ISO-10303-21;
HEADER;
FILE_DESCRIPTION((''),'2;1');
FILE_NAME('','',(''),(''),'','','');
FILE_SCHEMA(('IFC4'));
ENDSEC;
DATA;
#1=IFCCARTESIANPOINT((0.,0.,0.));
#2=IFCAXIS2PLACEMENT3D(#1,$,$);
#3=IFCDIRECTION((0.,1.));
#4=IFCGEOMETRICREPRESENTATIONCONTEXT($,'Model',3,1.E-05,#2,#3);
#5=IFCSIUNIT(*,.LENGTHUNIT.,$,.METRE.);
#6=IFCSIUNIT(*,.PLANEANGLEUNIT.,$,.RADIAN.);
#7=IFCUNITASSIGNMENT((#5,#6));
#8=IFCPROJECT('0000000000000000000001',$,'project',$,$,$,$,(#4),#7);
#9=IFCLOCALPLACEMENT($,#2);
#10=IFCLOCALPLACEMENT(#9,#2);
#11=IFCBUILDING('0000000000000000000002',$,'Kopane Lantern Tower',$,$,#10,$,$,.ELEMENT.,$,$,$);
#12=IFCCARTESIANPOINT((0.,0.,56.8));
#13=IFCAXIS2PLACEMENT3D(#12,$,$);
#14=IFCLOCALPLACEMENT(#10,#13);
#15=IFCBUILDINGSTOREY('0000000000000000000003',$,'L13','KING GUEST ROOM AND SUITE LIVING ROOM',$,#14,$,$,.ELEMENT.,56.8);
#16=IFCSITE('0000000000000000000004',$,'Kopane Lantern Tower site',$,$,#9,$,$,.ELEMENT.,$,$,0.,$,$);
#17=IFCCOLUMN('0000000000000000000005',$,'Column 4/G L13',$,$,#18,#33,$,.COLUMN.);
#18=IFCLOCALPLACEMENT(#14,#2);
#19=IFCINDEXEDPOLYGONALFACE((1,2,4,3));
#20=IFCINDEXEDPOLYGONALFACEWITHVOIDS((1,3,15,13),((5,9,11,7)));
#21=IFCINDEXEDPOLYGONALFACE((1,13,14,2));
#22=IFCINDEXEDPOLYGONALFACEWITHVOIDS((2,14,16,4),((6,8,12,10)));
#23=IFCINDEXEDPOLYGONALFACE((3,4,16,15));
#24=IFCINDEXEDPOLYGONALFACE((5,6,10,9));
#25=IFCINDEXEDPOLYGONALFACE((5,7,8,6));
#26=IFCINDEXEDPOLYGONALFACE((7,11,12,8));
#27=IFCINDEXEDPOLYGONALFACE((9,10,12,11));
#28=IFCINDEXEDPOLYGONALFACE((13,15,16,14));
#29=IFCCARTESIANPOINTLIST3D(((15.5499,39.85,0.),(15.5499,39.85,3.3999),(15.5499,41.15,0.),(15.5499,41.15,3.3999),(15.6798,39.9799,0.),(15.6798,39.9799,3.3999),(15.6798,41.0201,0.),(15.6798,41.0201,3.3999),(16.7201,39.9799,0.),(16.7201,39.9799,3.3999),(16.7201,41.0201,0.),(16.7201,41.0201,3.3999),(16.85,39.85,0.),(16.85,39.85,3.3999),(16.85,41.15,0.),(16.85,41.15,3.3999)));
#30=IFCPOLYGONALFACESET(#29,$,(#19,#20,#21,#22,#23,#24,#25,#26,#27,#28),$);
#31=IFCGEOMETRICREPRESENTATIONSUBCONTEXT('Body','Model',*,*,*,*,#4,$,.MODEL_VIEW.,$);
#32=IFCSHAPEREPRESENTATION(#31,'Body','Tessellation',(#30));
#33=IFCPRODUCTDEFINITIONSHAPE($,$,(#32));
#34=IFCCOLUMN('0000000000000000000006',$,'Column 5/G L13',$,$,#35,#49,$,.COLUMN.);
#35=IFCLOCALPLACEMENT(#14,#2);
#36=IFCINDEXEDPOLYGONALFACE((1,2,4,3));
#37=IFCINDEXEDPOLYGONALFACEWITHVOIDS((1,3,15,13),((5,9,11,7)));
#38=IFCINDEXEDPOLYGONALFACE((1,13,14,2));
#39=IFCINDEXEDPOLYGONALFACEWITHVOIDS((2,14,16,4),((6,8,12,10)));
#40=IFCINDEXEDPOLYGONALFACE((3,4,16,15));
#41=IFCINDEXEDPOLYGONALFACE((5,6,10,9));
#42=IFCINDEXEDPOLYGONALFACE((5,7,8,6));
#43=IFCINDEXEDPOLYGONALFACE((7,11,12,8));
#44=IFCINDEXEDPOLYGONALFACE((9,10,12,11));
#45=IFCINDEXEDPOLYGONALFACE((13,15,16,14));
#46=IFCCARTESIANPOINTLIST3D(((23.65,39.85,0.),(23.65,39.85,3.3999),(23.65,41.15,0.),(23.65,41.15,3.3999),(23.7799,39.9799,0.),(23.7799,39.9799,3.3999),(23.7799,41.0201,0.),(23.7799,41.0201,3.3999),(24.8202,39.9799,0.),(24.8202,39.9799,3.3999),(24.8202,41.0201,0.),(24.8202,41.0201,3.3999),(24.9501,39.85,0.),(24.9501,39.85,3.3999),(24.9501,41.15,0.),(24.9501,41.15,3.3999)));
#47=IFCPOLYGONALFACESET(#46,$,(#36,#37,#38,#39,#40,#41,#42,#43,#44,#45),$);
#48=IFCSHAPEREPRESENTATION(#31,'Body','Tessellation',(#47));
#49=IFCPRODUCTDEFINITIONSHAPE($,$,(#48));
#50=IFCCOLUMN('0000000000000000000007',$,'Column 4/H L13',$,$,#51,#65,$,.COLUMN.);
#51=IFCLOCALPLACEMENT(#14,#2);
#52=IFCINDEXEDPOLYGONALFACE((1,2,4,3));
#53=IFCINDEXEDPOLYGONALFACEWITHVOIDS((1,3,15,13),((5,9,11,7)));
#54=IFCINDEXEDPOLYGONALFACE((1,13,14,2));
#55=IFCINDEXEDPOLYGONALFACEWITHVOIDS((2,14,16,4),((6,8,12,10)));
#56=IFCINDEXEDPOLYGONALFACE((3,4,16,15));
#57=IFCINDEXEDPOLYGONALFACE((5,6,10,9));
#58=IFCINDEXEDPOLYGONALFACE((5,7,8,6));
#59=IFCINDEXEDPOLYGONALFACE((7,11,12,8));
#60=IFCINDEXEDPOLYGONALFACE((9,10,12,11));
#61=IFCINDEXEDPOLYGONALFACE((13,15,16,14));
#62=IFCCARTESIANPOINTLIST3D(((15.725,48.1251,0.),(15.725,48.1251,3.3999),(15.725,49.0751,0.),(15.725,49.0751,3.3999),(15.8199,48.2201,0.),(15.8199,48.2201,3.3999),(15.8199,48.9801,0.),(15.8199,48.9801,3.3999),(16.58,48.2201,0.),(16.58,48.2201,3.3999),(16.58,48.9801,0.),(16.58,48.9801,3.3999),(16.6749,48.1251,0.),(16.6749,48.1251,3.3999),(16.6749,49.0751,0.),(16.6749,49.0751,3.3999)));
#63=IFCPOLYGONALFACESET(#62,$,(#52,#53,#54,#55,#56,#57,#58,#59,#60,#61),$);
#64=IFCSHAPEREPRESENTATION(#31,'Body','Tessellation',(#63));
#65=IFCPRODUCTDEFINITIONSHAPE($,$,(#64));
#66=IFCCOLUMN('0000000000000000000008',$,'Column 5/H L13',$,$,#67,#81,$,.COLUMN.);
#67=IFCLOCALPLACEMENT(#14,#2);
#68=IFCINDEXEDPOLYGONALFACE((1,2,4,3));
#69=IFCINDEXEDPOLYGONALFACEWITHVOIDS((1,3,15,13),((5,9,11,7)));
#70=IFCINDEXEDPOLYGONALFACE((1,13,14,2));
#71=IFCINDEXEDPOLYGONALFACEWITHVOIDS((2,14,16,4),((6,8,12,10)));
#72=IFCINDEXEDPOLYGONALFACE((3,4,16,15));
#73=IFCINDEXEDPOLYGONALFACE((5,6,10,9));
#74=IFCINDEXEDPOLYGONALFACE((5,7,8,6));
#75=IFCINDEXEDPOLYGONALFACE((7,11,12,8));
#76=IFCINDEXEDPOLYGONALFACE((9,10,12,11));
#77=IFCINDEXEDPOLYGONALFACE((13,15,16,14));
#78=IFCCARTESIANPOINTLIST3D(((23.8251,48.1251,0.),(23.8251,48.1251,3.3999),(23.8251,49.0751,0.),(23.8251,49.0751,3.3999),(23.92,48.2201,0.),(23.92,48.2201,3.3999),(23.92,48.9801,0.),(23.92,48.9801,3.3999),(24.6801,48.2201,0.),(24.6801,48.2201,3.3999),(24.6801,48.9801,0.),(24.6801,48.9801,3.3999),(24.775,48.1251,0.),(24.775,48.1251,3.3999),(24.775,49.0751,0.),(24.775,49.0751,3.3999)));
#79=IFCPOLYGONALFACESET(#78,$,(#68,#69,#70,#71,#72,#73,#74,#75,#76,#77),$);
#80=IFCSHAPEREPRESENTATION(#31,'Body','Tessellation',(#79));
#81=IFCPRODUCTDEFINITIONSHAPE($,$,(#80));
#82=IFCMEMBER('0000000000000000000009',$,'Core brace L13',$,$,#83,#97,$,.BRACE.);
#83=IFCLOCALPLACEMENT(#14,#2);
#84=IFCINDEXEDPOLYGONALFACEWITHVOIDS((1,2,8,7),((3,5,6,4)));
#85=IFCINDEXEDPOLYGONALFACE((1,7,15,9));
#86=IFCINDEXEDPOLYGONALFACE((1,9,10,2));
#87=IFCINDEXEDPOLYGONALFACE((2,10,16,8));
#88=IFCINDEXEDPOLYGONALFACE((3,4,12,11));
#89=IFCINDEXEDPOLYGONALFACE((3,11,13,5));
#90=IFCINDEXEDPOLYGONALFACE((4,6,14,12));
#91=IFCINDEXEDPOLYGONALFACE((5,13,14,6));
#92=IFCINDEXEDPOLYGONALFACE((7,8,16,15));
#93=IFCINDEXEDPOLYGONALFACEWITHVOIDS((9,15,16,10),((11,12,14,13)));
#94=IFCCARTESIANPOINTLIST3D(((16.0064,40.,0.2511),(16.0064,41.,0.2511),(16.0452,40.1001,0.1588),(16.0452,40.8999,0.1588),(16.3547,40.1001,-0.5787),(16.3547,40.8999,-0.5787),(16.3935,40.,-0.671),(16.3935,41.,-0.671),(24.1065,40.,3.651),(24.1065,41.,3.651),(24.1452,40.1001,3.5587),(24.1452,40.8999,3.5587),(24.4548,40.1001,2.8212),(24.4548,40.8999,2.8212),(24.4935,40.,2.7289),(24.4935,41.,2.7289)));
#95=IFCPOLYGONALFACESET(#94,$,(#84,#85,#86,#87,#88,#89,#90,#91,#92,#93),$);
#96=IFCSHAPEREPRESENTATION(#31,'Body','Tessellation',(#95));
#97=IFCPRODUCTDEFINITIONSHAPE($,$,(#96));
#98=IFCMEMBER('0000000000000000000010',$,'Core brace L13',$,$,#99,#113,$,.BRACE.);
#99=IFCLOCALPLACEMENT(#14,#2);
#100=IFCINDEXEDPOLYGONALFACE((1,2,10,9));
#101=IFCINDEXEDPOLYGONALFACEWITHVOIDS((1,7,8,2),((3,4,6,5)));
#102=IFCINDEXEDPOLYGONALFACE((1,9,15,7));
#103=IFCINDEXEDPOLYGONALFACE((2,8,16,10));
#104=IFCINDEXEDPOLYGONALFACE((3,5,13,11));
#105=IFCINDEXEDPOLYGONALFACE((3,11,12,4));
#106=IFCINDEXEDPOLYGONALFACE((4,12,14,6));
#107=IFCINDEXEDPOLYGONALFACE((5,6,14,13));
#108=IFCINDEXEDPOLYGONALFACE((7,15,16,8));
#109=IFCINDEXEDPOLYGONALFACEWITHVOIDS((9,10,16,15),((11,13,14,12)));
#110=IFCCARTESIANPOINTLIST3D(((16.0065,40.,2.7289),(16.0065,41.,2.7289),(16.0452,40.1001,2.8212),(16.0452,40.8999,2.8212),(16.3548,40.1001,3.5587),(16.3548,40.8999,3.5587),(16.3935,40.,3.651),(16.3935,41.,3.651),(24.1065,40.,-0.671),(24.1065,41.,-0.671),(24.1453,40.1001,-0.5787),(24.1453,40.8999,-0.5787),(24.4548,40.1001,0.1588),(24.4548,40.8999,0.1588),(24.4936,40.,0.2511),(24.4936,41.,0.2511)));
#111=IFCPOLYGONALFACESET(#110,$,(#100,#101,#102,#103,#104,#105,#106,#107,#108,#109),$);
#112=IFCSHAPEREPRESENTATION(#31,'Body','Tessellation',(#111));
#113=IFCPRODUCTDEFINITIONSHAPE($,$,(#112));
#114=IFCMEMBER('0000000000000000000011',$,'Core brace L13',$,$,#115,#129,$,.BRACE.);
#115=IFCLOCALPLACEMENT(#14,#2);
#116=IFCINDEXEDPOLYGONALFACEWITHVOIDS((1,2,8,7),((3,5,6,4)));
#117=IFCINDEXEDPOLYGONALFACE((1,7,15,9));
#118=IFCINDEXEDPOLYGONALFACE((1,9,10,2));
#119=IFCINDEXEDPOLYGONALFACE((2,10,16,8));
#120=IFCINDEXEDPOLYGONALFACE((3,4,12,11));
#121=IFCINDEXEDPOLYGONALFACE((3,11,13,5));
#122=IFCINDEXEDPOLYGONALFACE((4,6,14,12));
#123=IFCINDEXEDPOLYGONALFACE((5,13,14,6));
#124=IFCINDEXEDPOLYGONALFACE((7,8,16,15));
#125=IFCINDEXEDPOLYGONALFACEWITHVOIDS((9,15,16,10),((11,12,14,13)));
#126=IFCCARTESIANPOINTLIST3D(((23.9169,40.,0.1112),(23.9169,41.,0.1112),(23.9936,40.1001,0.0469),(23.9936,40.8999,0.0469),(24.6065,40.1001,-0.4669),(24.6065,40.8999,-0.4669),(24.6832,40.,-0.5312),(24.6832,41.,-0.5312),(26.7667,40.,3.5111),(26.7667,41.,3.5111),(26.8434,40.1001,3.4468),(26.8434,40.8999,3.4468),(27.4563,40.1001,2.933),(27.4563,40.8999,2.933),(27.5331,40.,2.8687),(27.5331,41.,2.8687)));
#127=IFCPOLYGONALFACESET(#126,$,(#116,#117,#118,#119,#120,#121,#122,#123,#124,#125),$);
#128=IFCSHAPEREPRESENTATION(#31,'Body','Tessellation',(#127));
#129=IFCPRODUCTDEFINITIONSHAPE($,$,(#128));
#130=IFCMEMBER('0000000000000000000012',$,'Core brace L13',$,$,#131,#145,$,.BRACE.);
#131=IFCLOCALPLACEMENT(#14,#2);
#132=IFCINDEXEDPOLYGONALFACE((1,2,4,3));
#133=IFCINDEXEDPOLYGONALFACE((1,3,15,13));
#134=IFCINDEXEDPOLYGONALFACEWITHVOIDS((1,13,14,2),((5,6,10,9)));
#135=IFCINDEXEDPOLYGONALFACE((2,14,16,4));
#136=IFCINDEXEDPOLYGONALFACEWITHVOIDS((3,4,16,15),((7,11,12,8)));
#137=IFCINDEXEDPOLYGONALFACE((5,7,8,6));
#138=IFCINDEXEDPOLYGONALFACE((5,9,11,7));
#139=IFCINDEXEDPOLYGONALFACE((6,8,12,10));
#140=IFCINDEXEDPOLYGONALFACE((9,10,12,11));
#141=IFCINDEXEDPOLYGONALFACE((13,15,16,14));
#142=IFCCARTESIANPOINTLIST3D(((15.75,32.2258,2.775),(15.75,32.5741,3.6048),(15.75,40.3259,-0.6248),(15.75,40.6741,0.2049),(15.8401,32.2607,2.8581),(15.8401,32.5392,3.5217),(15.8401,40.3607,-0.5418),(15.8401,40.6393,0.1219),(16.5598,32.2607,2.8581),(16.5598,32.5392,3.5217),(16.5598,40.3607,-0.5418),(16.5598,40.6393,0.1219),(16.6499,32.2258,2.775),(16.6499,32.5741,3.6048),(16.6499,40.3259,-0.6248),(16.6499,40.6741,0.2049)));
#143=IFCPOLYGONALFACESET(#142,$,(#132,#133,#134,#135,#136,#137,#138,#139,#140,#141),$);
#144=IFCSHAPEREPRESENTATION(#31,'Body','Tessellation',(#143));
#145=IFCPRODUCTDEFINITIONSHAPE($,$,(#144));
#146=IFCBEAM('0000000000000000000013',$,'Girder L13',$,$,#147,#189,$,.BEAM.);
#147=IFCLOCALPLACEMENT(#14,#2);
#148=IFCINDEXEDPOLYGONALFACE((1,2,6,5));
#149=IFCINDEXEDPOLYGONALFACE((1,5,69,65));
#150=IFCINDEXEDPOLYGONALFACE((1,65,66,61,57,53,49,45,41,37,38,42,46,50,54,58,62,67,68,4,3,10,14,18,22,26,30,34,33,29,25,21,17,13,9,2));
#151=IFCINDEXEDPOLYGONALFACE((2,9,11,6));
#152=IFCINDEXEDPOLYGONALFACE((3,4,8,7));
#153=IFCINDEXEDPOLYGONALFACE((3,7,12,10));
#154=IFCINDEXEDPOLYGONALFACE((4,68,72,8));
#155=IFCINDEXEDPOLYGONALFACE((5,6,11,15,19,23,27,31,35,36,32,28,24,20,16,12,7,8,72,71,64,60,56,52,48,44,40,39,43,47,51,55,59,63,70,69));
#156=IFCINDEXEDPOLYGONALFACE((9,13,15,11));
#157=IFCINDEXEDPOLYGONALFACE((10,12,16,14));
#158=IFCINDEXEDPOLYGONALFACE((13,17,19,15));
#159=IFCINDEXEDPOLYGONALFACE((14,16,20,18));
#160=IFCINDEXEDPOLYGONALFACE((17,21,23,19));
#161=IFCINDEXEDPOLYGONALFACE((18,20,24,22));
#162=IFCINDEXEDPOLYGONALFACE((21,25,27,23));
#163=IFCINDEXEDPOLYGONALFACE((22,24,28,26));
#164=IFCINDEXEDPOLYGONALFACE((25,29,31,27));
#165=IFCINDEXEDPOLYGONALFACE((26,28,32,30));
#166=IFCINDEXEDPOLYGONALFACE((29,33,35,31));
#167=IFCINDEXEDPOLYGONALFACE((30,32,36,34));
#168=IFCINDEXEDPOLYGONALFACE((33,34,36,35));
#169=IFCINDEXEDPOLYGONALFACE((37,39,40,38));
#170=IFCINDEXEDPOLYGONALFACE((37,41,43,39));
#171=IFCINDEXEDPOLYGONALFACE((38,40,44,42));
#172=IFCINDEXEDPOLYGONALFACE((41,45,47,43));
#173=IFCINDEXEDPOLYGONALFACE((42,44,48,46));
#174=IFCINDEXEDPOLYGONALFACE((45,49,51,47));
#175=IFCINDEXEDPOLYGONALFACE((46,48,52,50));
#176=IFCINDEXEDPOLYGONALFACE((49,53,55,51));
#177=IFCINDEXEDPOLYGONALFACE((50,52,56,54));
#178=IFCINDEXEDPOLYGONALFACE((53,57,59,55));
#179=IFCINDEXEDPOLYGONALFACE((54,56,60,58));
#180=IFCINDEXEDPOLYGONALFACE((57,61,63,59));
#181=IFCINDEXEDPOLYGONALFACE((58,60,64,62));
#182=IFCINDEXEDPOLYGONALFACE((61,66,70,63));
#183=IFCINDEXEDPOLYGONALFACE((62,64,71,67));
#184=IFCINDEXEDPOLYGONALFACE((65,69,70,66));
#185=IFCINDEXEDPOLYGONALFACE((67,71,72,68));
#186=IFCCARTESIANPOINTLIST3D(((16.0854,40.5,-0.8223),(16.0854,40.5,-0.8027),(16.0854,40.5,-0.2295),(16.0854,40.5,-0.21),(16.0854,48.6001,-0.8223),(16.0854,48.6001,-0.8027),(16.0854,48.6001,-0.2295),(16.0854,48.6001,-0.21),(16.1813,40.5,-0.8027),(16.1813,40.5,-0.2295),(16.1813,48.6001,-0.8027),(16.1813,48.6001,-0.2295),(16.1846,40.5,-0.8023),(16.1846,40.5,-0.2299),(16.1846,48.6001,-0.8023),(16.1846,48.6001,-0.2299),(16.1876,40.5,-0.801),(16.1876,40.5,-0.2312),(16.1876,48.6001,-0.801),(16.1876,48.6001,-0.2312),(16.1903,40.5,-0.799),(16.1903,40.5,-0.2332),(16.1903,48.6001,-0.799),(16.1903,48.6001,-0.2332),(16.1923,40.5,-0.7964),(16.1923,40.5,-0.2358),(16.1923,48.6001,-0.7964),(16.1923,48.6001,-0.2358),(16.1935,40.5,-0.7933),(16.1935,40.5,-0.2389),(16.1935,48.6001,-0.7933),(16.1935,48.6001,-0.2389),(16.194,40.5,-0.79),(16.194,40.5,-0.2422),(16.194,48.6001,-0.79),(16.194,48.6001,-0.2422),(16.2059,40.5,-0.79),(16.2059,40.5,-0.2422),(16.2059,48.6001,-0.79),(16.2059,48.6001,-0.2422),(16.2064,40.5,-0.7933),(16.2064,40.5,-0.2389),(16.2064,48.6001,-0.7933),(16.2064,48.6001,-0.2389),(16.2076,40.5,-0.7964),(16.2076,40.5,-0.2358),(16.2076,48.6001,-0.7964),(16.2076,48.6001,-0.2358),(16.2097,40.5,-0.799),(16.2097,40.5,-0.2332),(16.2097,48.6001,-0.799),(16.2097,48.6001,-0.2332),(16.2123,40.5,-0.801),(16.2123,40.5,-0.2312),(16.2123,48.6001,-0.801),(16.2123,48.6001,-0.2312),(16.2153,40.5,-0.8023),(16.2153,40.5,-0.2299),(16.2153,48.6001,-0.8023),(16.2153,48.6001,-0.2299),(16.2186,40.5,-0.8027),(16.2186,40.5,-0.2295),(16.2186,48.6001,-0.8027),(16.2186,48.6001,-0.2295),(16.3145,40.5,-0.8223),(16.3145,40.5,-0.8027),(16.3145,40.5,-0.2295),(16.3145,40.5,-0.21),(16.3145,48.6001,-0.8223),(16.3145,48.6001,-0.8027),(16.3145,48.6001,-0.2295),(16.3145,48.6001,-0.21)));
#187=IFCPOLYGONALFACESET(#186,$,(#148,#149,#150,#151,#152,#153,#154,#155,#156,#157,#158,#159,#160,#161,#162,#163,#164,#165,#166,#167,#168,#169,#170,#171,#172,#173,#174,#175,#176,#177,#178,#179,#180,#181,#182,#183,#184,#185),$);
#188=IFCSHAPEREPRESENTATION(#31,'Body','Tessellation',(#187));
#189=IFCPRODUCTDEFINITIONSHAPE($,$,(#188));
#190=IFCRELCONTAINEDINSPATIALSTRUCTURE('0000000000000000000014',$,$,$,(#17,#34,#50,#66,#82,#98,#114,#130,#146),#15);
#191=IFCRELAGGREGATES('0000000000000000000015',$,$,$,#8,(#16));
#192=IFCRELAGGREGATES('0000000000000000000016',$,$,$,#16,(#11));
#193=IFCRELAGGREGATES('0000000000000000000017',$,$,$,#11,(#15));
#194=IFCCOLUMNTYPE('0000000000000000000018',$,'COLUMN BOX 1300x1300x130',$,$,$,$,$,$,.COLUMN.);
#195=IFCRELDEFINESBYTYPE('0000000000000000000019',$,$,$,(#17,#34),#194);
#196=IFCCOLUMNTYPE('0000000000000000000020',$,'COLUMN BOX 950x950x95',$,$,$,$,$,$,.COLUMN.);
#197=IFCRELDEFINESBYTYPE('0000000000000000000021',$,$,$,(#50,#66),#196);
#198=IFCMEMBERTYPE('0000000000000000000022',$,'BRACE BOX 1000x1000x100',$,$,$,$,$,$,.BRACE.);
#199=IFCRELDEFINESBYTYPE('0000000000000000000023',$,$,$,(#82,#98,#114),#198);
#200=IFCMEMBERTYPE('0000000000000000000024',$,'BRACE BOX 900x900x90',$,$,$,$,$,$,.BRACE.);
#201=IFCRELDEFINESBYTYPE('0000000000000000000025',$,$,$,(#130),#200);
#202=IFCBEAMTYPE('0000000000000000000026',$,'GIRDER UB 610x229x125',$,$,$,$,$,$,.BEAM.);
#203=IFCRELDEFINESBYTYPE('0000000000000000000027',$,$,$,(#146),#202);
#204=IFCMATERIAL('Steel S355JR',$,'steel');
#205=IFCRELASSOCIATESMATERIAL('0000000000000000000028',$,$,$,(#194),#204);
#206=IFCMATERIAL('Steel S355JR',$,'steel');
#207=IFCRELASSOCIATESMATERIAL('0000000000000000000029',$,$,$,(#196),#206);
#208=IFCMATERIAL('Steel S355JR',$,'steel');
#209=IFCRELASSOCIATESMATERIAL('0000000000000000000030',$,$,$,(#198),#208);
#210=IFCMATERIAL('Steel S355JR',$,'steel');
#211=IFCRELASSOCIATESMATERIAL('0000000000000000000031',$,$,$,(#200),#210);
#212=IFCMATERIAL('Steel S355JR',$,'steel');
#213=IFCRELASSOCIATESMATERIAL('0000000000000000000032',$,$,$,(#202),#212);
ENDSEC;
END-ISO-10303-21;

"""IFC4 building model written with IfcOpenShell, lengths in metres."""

from ifc_helpers import new_model, si_unit, direction, frame, origin, origin_2d, place, context, subcontext, project, spatial, hollow_rectangle, i_section, extrude, material, material_profile, profile_set, type_object, element, save


model = new_model("IFC4")

# Units and contexts
model_context = context("Model", 3, precision=1e-05, world=origin(), true_north=direction((0.0, 1.0)))
body_context = subcontext(model_context, "Body", "Model", "MODEL_VIEW")
ifc_project = project(units=[si_unit("LENGTHUNIT", "METRE"), si_unit("PLANEANGLEUNIT", "RADIAN")], contexts=[model_context])

# Site, building, storey
site_placement = place(None, origin())
site = spatial("IfcSite", under=ifc_project, at=site_placement, Name="Kopane Lantern Tower site", CompositionType="ELEMENT", RefElevation=0.0)
building_placement = place(site_placement, origin())
building = spatial("IfcBuilding", under=site, at=building_placement, Name="Kopane Lantern Tower", CompositionType="ELEMENT")
storey_placement = place(building_placement, frame((0.0, 0.0, 56.8)))
storey = spatial("IfcBuildingStorey", under=building, at=storey_placement, Name="L13", Description="KING GUEST ROOM AND SUITE LIVING ROOM", CompositionType="ELEMENT", Elevation=56.8)

# Columns
ifc_material_1 = material(Name="Steel S355JR", Category="steel")
ifc_material_profile_1 = material_profile(ifc_material_1, hollow_rectangle(XDim=1.3, YDim=1.3, WallThickness=0.1299, at=origin_2d()), Name="BOX 1300x1300x130")
ifc_profile_set_1 = profile_set([ifc_material_profile_1], Name="Steel S355JR")
column_type_1 = type_object("IfcColumnType", Name="COLUMN BOX 1300x1300x130", PredefinedType="COLUMN", material=ifc_profile_set_1)
for number, where, z_axis, x_axis, name in (
    (1, (16.2, 40.5, 0.0), (0.0, 0.0, 1.0), (1.0, 0.0, 0.0), "Column 4/G L13"),
    (2, (24.3, 40.5, 0.0), (0.0, 0.0, 1.0), (1.0, 0.0, 0.0), "Column 5/G L13"),
):
    element("IfcColumn", number, at=place(storey_placement, frame(where, z_axis=z_axis, x_axis=x_axis)), inside=storey, type_object=column_type_1, Name=name, PredefinedType="COLUMN", context=body_context, shape_type="SweptSolid", body=[
        extrude(hollow_rectangle(XDim=1.3, YDim=1.3, WallThickness=0.1299, at=origin_2d()), origin(), (0.0, 0.0, 1.0), 3.3999),
    ])
ifc_material_2 = material(Name="Steel S355JR", Category="steel")
ifc_material_profile_2 = material_profile(ifc_material_2, hollow_rectangle(XDim=0.95, YDim=0.95, WallThickness=0.095, at=origin_2d()), Name="BOX 950x950x95")
ifc_profile_set_2 = profile_set([ifc_material_profile_2], Name="Steel S355JR")
column_type_2 = type_object("IfcColumnType", Name="COLUMN BOX 950x950x95", PredefinedType="COLUMN", material=ifc_profile_set_2)
for number, where, z_axis, x_axis, name in (
    (3, (16.2, 48.6001, 0.0), (0.0, 0.0, 1.0), (1.0, 0.0, 0.0), "Column 4/H L13"),
    (4, (24.3, 48.6001, 0.0), (0.0, 0.0, 1.0), (1.0, 0.0, 0.0), "Column 5/H L13"),
):
    element("IfcColumn", number, at=place(storey_placement, frame(where, z_axis=z_axis, x_axis=x_axis)), inside=storey, type_object=column_type_2, Name=name, PredefinedType="COLUMN", context=body_context, shape_type="SweptSolid", body=[
        extrude(hollow_rectangle(XDim=0.95, YDim=0.95, WallThickness=0.095, at=origin_2d()), origin(), (0.0, 0.0, 1.0), 3.3999),
    ])

# Members
ifc_material_3 = material(Name="Steel S355JR", Category="steel")
ifc_material_profile_3 = material_profile(ifc_material_3, hollow_rectangle(XDim=1.0, YDim=1.0, WallThickness=0.1001, at=origin_2d()), Name="BOX 1000x1000x100")
ifc_profile_set_3 = profile_set([ifc_material_profile_3], Name="Steel S355JR")
member_type_1 = type_object("IfcMemberType", Name="BRACE BOX 1000x1000x100", PredefinedType="BRACE", material=ifc_profile_set_3)
for number, where, z_axis, x_axis, name in (
    (5, (16.2, 40.5, -0.21), (0.922069, 0.0, 0.387026), (0.0, 1.0, 0.0), "Core brace L13"),
    (6, (24.3, 40.5, -0.21), (-0.922069, 0.0, 0.387026), (0.0, -1.0, 0.0), "Core brace L13"),
):
    element("IfcMember", number, at=place(storey_placement, frame(where, z_axis=z_axis, x_axis=x_axis)), inside=storey, type_object=member_type_1, Name=name, PredefinedType="BRACE", context=body_context, shape_type="SweptSolid", body=[
        extrude(hollow_rectangle(XDim=1.0, YDim=1.0, WallThickness=0.1001, at=origin_2d()), origin(), (0.0, 0.0, 1.0), 8.7847),
    ])
member_1_placement = place(storey_placement, frame((24.3, 40.5, -0.21), z_axis=(0.64239, 0.0, 0.766378), x_axis=(0.0, 1.0, 0.0)))
element("IfcMember", 7, at=member_1_placement, inside=storey, type_object=member_type_1, Name="Core brace L13", PredefinedType="BRACE", context=body_context, shape_type="SweptSolid", body=[
    extrude(hollow_rectangle(XDim=1.0, YDim=1.0, WallThickness=0.1001, at=origin_2d()), origin(), (0.0, 0.0, 1.0), 4.4363),
])
ifc_material_4 = material(Name="Steel S355JR", Category="steel")
ifc_material_profile_4 = material_profile(ifc_material_4, hollow_rectangle(XDim=0.8999, YDim=0.8999, WallThickness=0.0901, at=origin_2d()), Name="BOX 900x900x90")
ifc_profile_set_4 = profile_set([ifc_material_profile_4], Name="Steel S355JR")
member_type_2 = type_object("IfcMemberType", Name="BRACE BOX 900x900x90", PredefinedType="BRACE", material=ifc_profile_set_4)
member_2_placement = place(storey_placement, frame((16.2, 40.5, -0.21), z_axis=(0.0, -0.922069, 0.387026), x_axis=(1.0, 0.0, 0.0)))
element("IfcMember", 8, at=member_2_placement, inside=storey, type_object=member_type_2, Name="Core brace L13", PredefinedType="BRACE", context=body_context, shape_type="SweptSolid", body=[
    extrude(hollow_rectangle(XDim=0.8999, YDim=0.8999, WallThickness=0.0901, at=origin_2d()), origin(), (0.0, 0.0, 1.0), 8.7847),
])

# Beam
ifc_material_5 = material(Name="Steel S355JR", Category="steel")
ifc_material_profile_5 = material_profile(ifc_material_5, i_section(OverallWidth=0.229, OverallDepth=0.6123, WebThickness=0.012, FlangeThickness=0.0195, FilletRadius=0.0127, at=origin_2d()), Name="UB 610x229x125")
ifc_profile_set_5 = profile_set([ifc_material_profile_5], Name="Steel S355JR")
beam_type_1 = type_object("IfcBeamType", Name="GIRDER UB 610x229x125", PredefinedType="BEAM", material=ifc_profile_set_5)
for number, where, z_axis, x_axis, name in (
    (9, (16.2, 40.5, -0.5161), (0.0, 1.0, 0.0), (-1.0, 0.0, 0.0), "Girder L13"),
):
    element("IfcBeam", number, at=place(storey_placement, frame(where, z_axis=z_axis, x_axis=x_axis)), inside=storey, type_object=beam_type_1, Name=name, PredefinedType="BEAM", context=body_context, shape_type="SweptSolid", body=[
        extrude(i_section(OverallWidth=0.229, OverallDepth=0.6123, WebThickness=0.012, FlangeThickness=0.0195, FilletRadius=0.0127, at=origin_2d()), origin(), (0.0, 0.0, 1.0), 8.1001),
    ])

save(model, "model.ifc")
